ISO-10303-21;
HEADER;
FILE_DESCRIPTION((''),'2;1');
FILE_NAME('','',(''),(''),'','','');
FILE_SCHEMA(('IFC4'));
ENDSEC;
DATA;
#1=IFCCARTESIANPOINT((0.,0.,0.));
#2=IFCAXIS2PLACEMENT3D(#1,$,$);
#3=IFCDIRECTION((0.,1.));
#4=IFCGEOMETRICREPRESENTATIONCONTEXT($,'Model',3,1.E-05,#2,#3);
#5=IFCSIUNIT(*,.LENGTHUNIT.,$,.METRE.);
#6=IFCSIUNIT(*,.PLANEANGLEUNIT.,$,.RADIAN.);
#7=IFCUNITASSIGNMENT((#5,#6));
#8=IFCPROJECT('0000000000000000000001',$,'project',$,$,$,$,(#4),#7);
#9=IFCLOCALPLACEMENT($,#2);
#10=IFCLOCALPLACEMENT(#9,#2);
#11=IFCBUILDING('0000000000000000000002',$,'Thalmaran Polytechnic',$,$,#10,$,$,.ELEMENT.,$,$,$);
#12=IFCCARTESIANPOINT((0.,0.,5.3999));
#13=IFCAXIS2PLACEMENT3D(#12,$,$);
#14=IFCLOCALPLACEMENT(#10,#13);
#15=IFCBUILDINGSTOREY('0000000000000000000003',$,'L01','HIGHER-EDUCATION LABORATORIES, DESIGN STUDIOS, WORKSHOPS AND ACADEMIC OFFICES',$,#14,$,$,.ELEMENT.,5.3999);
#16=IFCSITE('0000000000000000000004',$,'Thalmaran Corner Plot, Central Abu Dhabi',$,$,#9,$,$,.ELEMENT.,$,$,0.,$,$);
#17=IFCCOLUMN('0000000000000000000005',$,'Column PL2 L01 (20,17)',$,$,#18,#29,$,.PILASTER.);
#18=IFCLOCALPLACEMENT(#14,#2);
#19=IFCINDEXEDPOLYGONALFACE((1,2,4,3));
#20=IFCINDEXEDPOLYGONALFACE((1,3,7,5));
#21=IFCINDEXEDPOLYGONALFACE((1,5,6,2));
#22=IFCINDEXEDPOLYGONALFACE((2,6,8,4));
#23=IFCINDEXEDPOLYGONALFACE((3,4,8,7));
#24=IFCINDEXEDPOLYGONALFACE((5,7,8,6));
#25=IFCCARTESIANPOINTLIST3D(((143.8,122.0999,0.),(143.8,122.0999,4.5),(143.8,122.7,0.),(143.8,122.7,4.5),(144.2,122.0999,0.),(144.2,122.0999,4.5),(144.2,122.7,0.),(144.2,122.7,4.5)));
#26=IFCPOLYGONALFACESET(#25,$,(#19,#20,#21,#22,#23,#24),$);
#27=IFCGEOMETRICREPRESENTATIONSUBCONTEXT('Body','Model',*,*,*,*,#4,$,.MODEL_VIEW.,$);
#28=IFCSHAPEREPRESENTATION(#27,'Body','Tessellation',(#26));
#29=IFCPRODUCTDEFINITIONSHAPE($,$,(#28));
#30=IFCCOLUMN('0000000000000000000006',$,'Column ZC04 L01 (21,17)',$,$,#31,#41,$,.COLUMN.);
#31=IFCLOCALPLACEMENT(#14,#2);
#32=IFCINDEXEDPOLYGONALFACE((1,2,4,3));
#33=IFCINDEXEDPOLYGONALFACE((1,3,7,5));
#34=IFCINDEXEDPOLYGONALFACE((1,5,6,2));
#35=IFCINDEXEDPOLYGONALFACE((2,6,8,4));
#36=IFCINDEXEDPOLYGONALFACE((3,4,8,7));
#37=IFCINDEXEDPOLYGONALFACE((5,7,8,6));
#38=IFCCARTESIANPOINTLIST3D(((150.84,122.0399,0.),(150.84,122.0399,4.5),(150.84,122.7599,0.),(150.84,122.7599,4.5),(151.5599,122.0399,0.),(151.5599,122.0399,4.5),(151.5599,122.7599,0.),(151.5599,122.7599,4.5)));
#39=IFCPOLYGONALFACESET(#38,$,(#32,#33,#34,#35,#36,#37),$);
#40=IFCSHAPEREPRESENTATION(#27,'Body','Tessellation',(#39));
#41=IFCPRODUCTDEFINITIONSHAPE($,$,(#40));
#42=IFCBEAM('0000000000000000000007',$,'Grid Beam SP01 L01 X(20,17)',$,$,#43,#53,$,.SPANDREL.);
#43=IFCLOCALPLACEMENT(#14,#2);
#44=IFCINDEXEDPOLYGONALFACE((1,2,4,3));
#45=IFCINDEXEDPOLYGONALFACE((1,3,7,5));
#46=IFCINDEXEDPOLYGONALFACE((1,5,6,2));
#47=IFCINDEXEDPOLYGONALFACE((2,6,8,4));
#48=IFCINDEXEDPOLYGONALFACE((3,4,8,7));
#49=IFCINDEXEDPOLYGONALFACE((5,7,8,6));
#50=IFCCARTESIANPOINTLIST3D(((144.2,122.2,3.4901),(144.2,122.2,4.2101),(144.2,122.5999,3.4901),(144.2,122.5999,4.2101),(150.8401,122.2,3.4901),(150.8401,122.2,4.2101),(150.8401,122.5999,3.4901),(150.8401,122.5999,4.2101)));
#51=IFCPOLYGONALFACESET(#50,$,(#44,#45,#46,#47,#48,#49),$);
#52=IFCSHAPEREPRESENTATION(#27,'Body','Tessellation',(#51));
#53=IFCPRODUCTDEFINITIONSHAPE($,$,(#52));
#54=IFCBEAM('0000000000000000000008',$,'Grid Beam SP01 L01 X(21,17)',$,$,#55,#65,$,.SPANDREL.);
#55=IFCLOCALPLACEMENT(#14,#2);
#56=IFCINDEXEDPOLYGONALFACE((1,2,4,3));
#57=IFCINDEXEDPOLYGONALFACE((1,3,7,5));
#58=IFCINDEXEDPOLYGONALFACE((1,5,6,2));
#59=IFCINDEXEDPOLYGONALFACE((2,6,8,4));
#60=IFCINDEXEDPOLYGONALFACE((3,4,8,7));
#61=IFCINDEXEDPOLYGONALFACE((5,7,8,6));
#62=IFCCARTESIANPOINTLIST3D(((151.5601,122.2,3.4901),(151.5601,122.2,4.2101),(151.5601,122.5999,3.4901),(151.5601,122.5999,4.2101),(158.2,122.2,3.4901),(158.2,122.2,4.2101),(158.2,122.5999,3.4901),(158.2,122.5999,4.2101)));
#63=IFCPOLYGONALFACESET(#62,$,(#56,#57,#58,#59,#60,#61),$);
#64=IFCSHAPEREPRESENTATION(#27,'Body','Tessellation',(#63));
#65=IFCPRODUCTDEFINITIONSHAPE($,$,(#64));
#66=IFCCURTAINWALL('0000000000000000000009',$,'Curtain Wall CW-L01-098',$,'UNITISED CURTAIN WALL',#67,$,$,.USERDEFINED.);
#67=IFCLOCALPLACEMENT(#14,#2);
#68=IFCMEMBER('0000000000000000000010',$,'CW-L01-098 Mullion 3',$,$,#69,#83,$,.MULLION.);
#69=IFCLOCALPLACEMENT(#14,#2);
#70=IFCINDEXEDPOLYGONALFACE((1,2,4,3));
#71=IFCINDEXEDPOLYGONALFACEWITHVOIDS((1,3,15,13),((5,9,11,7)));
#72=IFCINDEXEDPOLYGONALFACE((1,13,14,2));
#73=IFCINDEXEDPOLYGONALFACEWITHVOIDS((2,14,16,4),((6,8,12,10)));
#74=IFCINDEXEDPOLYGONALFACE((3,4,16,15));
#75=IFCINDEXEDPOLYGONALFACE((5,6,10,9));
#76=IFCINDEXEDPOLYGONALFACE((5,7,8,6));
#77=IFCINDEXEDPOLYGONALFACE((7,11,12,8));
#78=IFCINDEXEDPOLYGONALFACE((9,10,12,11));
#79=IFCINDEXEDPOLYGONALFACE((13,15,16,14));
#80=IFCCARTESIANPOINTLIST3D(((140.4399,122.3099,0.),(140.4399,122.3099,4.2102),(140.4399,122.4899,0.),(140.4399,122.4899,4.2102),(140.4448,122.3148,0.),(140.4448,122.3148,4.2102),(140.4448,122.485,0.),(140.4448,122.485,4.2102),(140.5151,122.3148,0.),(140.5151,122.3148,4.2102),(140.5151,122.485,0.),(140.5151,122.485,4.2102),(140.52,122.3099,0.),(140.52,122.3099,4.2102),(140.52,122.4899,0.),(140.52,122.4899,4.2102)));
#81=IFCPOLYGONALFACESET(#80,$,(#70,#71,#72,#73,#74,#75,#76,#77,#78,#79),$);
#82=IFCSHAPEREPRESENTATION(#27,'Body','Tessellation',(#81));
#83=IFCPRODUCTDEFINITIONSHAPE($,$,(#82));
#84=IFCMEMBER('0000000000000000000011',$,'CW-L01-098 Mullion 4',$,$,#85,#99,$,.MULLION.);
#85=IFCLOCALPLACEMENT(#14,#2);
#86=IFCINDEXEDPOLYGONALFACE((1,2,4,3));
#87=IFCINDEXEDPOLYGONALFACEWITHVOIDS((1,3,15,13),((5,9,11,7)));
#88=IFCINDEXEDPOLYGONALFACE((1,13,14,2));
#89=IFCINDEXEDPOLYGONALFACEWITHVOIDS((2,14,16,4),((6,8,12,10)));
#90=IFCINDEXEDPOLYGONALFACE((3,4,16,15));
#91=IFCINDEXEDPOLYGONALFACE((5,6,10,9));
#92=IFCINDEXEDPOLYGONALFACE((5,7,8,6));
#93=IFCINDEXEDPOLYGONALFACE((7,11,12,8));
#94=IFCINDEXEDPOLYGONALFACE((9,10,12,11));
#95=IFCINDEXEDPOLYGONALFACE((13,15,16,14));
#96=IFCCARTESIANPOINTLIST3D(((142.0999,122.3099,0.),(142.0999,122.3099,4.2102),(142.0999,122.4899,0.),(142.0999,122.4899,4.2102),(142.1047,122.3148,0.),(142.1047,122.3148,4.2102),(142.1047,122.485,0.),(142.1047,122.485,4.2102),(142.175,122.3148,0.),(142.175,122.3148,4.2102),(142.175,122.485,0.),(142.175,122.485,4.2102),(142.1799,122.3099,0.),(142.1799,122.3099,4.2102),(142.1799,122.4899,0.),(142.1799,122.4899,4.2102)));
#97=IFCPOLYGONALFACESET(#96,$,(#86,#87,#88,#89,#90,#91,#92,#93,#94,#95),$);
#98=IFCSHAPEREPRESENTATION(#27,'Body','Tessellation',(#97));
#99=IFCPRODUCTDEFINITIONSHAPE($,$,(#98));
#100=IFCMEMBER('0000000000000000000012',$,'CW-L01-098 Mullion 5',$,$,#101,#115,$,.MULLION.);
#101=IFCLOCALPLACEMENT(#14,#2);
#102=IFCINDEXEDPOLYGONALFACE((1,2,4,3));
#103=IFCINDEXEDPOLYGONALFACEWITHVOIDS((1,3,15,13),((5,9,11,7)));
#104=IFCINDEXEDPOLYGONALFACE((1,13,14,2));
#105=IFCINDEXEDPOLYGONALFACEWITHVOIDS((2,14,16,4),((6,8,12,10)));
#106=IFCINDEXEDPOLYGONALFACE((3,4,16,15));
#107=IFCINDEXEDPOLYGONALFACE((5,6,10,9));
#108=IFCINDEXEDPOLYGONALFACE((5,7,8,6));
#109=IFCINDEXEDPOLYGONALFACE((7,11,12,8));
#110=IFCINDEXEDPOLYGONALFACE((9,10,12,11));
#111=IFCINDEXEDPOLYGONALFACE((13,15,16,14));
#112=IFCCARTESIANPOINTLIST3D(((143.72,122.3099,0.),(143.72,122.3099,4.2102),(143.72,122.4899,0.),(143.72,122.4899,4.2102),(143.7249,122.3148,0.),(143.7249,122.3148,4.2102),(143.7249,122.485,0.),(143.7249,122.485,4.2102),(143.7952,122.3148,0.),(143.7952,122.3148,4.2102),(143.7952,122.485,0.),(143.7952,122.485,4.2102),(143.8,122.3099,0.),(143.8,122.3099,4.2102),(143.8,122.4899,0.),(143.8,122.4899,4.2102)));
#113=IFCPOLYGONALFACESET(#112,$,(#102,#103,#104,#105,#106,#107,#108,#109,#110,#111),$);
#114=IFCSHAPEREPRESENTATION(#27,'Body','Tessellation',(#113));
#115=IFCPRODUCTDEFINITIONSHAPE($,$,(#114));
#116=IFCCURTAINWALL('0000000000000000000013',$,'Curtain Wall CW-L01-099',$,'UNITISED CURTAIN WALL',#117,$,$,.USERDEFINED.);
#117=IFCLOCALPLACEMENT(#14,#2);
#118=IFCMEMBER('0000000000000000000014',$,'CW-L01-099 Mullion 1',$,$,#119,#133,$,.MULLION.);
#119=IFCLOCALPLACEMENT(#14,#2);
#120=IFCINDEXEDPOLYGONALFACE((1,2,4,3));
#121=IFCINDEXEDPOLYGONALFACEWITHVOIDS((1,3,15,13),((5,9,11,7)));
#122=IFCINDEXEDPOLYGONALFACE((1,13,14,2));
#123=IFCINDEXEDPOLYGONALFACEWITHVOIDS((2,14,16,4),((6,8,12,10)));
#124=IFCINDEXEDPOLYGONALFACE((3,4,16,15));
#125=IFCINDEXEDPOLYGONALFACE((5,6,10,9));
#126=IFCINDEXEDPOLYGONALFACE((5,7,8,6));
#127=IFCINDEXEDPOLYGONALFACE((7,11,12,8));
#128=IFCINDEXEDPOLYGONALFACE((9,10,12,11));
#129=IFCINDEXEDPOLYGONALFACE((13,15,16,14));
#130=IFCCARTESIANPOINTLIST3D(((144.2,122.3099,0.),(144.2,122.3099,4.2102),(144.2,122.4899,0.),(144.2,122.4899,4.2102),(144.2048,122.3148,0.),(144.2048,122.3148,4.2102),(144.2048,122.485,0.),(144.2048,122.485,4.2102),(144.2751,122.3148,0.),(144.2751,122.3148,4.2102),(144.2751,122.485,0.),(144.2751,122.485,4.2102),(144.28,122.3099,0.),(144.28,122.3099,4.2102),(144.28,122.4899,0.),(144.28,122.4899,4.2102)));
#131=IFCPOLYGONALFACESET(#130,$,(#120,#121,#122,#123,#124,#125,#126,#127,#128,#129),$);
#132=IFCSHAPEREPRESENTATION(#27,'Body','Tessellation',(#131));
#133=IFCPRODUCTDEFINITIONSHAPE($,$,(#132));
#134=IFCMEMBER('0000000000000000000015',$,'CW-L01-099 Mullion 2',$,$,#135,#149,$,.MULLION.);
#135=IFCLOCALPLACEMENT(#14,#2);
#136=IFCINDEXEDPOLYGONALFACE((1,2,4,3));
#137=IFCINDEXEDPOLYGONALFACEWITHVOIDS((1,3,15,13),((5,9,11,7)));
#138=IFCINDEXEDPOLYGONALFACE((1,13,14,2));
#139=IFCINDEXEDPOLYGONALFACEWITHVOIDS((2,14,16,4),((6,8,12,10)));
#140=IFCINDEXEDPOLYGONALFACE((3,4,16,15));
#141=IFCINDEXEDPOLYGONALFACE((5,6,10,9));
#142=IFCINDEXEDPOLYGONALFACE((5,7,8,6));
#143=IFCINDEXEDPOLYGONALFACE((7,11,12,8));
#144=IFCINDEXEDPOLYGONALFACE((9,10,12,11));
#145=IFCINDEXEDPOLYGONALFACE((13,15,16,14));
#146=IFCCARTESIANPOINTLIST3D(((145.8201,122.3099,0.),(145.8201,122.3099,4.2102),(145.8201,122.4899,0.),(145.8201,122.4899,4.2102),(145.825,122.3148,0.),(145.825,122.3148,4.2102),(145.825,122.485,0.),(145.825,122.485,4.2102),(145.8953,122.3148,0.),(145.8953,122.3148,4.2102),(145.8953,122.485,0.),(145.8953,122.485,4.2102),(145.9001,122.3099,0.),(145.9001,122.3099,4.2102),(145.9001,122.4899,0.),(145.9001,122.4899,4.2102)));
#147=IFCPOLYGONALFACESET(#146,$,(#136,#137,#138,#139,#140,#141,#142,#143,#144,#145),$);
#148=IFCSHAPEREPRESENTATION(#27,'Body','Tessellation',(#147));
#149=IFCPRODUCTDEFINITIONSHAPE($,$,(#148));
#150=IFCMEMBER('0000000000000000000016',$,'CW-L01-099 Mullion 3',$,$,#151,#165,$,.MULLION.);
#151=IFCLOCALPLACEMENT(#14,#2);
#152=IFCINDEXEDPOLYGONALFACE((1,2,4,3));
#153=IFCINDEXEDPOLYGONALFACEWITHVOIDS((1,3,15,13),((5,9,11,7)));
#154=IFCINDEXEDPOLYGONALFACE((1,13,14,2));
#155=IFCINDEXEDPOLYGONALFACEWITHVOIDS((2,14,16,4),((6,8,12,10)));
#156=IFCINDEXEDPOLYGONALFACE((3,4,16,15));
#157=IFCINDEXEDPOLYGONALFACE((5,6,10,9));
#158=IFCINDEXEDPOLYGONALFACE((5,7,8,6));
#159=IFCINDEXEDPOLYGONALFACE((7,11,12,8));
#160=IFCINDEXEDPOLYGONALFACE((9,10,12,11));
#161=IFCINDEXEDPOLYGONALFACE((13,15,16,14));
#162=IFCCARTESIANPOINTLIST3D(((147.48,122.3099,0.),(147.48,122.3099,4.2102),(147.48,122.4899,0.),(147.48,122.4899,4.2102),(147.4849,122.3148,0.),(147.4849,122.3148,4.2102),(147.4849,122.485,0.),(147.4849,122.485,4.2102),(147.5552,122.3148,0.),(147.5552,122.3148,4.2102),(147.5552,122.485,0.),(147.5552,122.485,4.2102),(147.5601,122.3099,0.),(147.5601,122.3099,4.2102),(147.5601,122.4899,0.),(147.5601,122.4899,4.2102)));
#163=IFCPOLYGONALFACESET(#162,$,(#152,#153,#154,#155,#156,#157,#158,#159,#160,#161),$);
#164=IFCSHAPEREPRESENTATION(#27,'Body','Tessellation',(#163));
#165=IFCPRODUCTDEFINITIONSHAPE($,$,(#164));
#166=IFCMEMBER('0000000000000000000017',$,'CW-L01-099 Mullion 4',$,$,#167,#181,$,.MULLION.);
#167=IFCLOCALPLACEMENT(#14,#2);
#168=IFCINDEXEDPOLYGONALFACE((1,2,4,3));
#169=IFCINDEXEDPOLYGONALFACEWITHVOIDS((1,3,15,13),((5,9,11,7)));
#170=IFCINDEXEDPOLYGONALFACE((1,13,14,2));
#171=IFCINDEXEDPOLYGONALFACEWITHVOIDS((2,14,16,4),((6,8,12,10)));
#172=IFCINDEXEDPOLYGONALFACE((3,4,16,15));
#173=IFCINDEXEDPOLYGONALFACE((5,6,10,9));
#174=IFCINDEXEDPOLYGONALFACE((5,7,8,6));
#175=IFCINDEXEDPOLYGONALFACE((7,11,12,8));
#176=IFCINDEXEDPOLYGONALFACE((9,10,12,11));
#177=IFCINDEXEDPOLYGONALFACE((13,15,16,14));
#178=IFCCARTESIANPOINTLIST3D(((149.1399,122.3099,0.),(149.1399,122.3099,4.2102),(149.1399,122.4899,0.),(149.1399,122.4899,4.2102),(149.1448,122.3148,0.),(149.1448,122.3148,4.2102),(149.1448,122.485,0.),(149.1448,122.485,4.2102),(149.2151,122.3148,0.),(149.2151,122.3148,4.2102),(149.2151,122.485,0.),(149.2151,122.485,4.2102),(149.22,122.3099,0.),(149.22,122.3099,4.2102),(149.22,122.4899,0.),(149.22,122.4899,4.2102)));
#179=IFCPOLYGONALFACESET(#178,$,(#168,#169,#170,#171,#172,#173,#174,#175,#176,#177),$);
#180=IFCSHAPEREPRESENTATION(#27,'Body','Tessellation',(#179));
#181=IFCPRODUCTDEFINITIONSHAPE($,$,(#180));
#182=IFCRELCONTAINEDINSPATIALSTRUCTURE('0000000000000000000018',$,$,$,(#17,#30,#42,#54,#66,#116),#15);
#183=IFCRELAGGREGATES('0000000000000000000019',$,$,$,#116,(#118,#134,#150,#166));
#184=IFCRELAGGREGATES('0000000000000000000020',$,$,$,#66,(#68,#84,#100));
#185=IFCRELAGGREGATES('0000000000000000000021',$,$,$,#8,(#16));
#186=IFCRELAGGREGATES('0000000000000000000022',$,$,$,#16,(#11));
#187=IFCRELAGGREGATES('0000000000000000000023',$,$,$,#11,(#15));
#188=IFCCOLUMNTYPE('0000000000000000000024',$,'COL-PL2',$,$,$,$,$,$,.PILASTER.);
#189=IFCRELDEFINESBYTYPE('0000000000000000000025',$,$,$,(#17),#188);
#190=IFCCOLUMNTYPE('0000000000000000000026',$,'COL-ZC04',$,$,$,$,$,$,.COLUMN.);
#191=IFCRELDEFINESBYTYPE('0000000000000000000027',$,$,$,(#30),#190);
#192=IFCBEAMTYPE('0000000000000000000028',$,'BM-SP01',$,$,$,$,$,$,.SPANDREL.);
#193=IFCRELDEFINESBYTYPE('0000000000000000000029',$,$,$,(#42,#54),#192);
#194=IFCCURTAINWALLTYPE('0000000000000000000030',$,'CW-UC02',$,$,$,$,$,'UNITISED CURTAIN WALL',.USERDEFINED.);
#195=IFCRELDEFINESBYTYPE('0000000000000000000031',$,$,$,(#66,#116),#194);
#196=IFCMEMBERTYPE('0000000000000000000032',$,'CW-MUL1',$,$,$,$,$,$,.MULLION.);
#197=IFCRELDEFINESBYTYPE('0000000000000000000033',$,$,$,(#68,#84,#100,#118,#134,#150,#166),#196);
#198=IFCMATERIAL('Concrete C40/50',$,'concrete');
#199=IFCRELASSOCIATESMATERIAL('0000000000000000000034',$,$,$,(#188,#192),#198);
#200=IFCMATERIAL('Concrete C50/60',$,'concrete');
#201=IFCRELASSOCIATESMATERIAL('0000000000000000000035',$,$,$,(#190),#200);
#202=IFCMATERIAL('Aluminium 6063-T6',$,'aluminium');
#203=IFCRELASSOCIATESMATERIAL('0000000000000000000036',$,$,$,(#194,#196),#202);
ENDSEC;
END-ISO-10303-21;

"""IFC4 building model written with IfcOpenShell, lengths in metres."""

from ifc_helpers import new_model, si_unit, direction, frame, origin, origin_2d, place, context, subcontext, project, spatial, rectangle, hollow_rectangle, extrude, material, material_profile, profile_set, type_object, element, aggregate, save


model = new_model("IFC4")

# Units and contexts
model_context = context("Model", 3, precision=1e-05, world=origin(), true_north=direction((0.0, 1.0)))
body_context = subcontext(model_context, "Body", "Model", "MODEL_VIEW")
ifc_project = project(units=[si_unit("LENGTHUNIT", "METRE"), si_unit("PLANEANGLEUNIT", "RADIAN")], contexts=[model_context])

# Site, building, storey
site_placement = place(None, origin())
site = spatial("IfcSite", under=ifc_project, at=site_placement, Name="Thalmaran Corner Plot, Central Abu Dhabi", CompositionType="ELEMENT", RefElevation=0.0)
building_placement = place(site_placement, origin())
building = spatial("IfcBuilding", under=site, at=building_placement, Name="Thalmaran Polytechnic", CompositionType="ELEMENT")
storey_placement = place(building_placement, frame((0.0, 0.0, 5.3999)))
storey = spatial("IfcBuildingStorey", under=building, at=storey_placement, Name="L01", Description="HIGHER-EDUCATION LABORATORIES, DESIGN STUDIOS, WORKSHOPS AND ACADEMIC OFFICES", CompositionType="ELEMENT", Elevation=5.3999)

# Columns
ifc_material_1 = material(Name="Concrete C40/50", Category="concrete")
ifc_material_profile_1 = material_profile(ifc_material_1, rectangle(XDim=0.3999, YDim=0.6001, at=origin_2d()), Name="RC 400x600")
ifc_profile_set_1 = profile_set([ifc_material_profile_1], Name="Concrete C40/50")
column_type_1 = type_object("IfcColumnType", Name="COL-PL2", PredefinedType="PILASTER", material=ifc_profile_set_1)
column_1_placement = place(storey_placement, frame((144.0, 122.3999, 0.0), z_axis=(0.0, 0.0, 1.0), x_axis=(1.0, 0.0, 0.0)))
element("IfcColumn", 1, at=column_1_placement, inside=storey, type_object=column_type_1, Name="Column PL2 L01 (20,17)", PredefinedType="PILASTER", context=body_context, shape_type="SweptSolid", body=[
    extrude(rectangle(XDim=0.3999, YDim=0.6001, at=origin_2d()), origin(), (0.0, 0.0, 1.0), 4.5),
])
ifc_material_2 = material(Name="Concrete C50/60", Category="concrete")
ifc_material_profile_2 = material_profile(ifc_material_2, rectangle(XDim=0.72, YDim=0.72, at=origin_2d()), Name="RC 720x720")
ifc_profile_set_2 = profile_set([ifc_material_profile_2], Name="Concrete C50/60")
column_type_2 = type_object("IfcColumnType", Name="COL-ZC04", PredefinedType="COLUMN", material=ifc_profile_set_2)
column_2_placement = place(storey_placement, frame((151.2, 122.3999, 0.0), z_axis=(0.0, 0.0, 1.0), x_axis=(1.0, 0.0, 0.0)))
element("IfcColumn", 2, at=column_2_placement, inside=storey, type_object=column_type_2, Name="Column ZC04 L01 (21,17)", PredefinedType="COLUMN", context=body_context, shape_type="SweptSolid", body=[
    extrude(rectangle(XDim=0.72, YDim=0.72, at=origin_2d()), origin(), (0.0, 0.0, 1.0), 4.5),
])

# Beams
ifc_material_profile_3 = material_profile(ifc_material_1, rectangle(XDim=0.3999, YDim=0.72, at=origin_2d()), Name="RC 400x720")
ifc_profile_set_3 = profile_set([ifc_material_profile_3], Name="Concrete C40/50")
beam_type = type_object("IfcBeamType", Name="BM-SP01", PredefinedType="SPANDREL", material=ifc_profile_set_3)
beam_1_placement = place(storey_placement, frame((144.2, 122.3999, 3.8501), z_axis=(1.0, 0.0, 0.0), x_axis=(0.0, 1.0, 0.0)))
element("IfcBeam", 3, at=beam_1_placement, inside=storey, type_object=beam_type, Name="Grid Beam SP01 L01 X(20,17)", PredefinedType="SPANDREL", context=body_context, shape_type="SweptSolid", body=[
    extrude(rectangle(XDim=0.3999, YDim=0.72, at=origin_2d()), origin(), (0.0, 0.0, 1.0), 6.6401),
])
beam_2_placement = place(storey_placement, frame((151.5601, 122.3999, 3.8501), z_axis=(1.0, 0.0, 0.0), x_axis=(0.0, 1.0, 0.0)))
element("IfcBeam", 4, at=beam_2_placement, inside=storey, type_object=beam_type, Name="Grid Beam SP01 L01 X(21,17)", PredefinedType="SPANDREL", context=body_context, shape_type="SweptSolid", body=[
    extrude(rectangle(XDim=0.3999, YDim=0.72, at=origin_2d()), origin(), (0.0, 0.0, 1.0), 6.6399),
])

# Curtain walls, members
ifc_material_3 = material(Name="Aluminium 6063-T6", Category="aluminium")
curtain_wall_type = type_object("IfcCurtainWallType", Name="CW-UC02", ElementType="UNITISED CURTAIN WALL", PredefinedType="USERDEFINED", material=ifc_material_3)
curtain_wall_1_placement = place(storey_placement, origin())
curtain_wall_1 = element("IfcCurtainWall", 5, at=curtain_wall_1_placement, inside=storey, type_object=curtain_wall_type, Name="Curtain Wall CW-L01-098", ObjectType="UNITISED CURTAIN WALL", PredefinedType="USERDEFINED")
ifc_material_profile_4 = material_profile(ifc_material_3, hollow_rectangle(XDim=0.0801, YDim=0.1799, WallThickness=0.0049, at=origin_2d()), Name="RHS 180x80x5.0")
ifc_profile_set_4 = profile_set([ifc_material_profile_4], Name="Aluminium 6063-T6")
member_type_1 = type_object("IfcMemberType", Name="CW-MUL1", PredefinedType="MULLION", material=ifc_profile_set_4)
member_1_placement = place(storey_placement, frame((140.48, 122.3999, 0.0), z_axis=(0.0, 0.0, 1.0), x_axis=(1.0, 0.0, 0.0)))
member_1 = element("IfcMember", 6, at=member_1_placement, type_object=member_type_1, Name="CW-L01-098 Mullion 3", PredefinedType="MULLION", context=body_context, shape_type="SweptSolid", body=[
    extrude(hollow_rectangle(XDim=0.0801, YDim=0.1799, WallThickness=0.0049, at=origin_2d()), origin(), (0.0, 0.0, 1.0), 4.2102),
])
member_2_placement = place(storey_placement, frame((142.1399, 122.3999, 0.0), z_axis=(0.0, 0.0, 1.0), x_axis=(1.0, 0.0, 0.0)))
member_2 = element("IfcMember", 7, at=member_2_placement, type_object=member_type_1, Name="CW-L01-098 Mullion 4", PredefinedType="MULLION", context=body_context, shape_type="SweptSolid", body=[
    extrude(hollow_rectangle(XDim=0.0801, YDim=0.1799, WallThickness=0.0049, at=origin_2d()), origin(), (0.0, 0.0, 1.0), 4.2102),
])
member_3_placement = place(storey_placement, frame((143.76, 122.3999, 0.0), z_axis=(0.0, 0.0, 1.0), x_axis=(1.0, 0.0, 0.0)))
member_3 = element("IfcMember", 8, at=member_3_placement, type_object=member_type_1, Name="CW-L01-098 Mullion 5", PredefinedType="MULLION", context=body_context, shape_type="SweptSolid", body=[
    extrude(hollow_rectangle(XDim=0.0801, YDim=0.1799, WallThickness=0.0049, at=origin_2d()), origin(), (0.0, 0.0, 1.0), 4.2102),
])
curtain_wall_2_placement = place(storey_placement, origin())
curtain_wall_2 = element("IfcCurtainWall", 9, at=curtain_wall_2_placement, inside=storey, type_object=curtain_wall_type, Name="Curtain Wall CW-L01-099", ObjectType="UNITISED CURTAIN WALL", PredefinedType="USERDEFINED")
member_4_placement = place(storey_placement, frame((144.24, 122.3999, 0.0), z_axis=(0.0, 0.0, 1.0), x_axis=(1.0, 0.0, 0.0)))
member_4 = element("IfcMember", 10, at=member_4_placement, type_object=member_type_1, Name="CW-L01-099 Mullion 1", PredefinedType="MULLION", context=body_context, shape_type="SweptSolid", body=[
    extrude(hollow_rectangle(XDim=0.0801, YDim=0.1799, WallThickness=0.0049, at=origin_2d()), origin(), (0.0, 0.0, 1.0), 4.2102),
])
member_5_placement = place(storey_placement, frame((145.8601, 122.3999, 0.0), z_axis=(0.0, 0.0, 1.0), x_axis=(1.0, 0.0, 0.0)))
member_5 = element("IfcMember", 11, at=member_5_placement, type_object=member_type_1, Name="CW-L01-099 Mullion 2", PredefinedType="MULLION", context=body_context, shape_type="SweptSolid", body=[
    extrude(hollow_rectangle(XDim=0.0801, YDim=0.1799, WallThickness=0.0049, at=origin_2d()), origin(), (0.0, 0.0, 1.0), 4.2102),
])
member_6_placement = place(storey_placement, frame((147.52, 122.3999, 0.0), z_axis=(0.0, 0.0, 1.0), x_axis=(1.0, 0.0, 0.0)))
member_6 = element("IfcMember", 12, at=member_6_placement, type_object=member_type_1, Name="CW-L01-099 Mullion 3", PredefinedType="MULLION", context=body_context, shape_type="SweptSolid", body=[
    extrude(hollow_rectangle(XDim=0.0801, YDim=0.1799, WallThickness=0.0049, at=origin_2d()), origin(), (0.0, 0.0, 1.0), 4.2102),
])
member_7_placement = place(storey_placement, frame((149.1799, 122.3999, 0.0), z_axis=(0.0, 0.0, 1.0), x_axis=(1.0, 0.0, 0.0)))
member_7 = element("IfcMember", 13, at=member_7_placement, type_object=member_type_1, Name="CW-L01-099 Mullion 4", PredefinedType="MULLION", context=body_context, shape_type="SweptSolid", body=[
    extrude(hollow_rectangle(XDim=0.0801, YDim=0.1799, WallThickness=0.0049, at=origin_2d()), origin(), (0.0, 0.0, 1.0), 4.2102),
])

aggregate(curtain_wall_2, [member_4, member_5, member_6, member_7])
aggregate(curtain_wall_1, [member_1, member_2, member_3])

save(model, "model.ifc")
